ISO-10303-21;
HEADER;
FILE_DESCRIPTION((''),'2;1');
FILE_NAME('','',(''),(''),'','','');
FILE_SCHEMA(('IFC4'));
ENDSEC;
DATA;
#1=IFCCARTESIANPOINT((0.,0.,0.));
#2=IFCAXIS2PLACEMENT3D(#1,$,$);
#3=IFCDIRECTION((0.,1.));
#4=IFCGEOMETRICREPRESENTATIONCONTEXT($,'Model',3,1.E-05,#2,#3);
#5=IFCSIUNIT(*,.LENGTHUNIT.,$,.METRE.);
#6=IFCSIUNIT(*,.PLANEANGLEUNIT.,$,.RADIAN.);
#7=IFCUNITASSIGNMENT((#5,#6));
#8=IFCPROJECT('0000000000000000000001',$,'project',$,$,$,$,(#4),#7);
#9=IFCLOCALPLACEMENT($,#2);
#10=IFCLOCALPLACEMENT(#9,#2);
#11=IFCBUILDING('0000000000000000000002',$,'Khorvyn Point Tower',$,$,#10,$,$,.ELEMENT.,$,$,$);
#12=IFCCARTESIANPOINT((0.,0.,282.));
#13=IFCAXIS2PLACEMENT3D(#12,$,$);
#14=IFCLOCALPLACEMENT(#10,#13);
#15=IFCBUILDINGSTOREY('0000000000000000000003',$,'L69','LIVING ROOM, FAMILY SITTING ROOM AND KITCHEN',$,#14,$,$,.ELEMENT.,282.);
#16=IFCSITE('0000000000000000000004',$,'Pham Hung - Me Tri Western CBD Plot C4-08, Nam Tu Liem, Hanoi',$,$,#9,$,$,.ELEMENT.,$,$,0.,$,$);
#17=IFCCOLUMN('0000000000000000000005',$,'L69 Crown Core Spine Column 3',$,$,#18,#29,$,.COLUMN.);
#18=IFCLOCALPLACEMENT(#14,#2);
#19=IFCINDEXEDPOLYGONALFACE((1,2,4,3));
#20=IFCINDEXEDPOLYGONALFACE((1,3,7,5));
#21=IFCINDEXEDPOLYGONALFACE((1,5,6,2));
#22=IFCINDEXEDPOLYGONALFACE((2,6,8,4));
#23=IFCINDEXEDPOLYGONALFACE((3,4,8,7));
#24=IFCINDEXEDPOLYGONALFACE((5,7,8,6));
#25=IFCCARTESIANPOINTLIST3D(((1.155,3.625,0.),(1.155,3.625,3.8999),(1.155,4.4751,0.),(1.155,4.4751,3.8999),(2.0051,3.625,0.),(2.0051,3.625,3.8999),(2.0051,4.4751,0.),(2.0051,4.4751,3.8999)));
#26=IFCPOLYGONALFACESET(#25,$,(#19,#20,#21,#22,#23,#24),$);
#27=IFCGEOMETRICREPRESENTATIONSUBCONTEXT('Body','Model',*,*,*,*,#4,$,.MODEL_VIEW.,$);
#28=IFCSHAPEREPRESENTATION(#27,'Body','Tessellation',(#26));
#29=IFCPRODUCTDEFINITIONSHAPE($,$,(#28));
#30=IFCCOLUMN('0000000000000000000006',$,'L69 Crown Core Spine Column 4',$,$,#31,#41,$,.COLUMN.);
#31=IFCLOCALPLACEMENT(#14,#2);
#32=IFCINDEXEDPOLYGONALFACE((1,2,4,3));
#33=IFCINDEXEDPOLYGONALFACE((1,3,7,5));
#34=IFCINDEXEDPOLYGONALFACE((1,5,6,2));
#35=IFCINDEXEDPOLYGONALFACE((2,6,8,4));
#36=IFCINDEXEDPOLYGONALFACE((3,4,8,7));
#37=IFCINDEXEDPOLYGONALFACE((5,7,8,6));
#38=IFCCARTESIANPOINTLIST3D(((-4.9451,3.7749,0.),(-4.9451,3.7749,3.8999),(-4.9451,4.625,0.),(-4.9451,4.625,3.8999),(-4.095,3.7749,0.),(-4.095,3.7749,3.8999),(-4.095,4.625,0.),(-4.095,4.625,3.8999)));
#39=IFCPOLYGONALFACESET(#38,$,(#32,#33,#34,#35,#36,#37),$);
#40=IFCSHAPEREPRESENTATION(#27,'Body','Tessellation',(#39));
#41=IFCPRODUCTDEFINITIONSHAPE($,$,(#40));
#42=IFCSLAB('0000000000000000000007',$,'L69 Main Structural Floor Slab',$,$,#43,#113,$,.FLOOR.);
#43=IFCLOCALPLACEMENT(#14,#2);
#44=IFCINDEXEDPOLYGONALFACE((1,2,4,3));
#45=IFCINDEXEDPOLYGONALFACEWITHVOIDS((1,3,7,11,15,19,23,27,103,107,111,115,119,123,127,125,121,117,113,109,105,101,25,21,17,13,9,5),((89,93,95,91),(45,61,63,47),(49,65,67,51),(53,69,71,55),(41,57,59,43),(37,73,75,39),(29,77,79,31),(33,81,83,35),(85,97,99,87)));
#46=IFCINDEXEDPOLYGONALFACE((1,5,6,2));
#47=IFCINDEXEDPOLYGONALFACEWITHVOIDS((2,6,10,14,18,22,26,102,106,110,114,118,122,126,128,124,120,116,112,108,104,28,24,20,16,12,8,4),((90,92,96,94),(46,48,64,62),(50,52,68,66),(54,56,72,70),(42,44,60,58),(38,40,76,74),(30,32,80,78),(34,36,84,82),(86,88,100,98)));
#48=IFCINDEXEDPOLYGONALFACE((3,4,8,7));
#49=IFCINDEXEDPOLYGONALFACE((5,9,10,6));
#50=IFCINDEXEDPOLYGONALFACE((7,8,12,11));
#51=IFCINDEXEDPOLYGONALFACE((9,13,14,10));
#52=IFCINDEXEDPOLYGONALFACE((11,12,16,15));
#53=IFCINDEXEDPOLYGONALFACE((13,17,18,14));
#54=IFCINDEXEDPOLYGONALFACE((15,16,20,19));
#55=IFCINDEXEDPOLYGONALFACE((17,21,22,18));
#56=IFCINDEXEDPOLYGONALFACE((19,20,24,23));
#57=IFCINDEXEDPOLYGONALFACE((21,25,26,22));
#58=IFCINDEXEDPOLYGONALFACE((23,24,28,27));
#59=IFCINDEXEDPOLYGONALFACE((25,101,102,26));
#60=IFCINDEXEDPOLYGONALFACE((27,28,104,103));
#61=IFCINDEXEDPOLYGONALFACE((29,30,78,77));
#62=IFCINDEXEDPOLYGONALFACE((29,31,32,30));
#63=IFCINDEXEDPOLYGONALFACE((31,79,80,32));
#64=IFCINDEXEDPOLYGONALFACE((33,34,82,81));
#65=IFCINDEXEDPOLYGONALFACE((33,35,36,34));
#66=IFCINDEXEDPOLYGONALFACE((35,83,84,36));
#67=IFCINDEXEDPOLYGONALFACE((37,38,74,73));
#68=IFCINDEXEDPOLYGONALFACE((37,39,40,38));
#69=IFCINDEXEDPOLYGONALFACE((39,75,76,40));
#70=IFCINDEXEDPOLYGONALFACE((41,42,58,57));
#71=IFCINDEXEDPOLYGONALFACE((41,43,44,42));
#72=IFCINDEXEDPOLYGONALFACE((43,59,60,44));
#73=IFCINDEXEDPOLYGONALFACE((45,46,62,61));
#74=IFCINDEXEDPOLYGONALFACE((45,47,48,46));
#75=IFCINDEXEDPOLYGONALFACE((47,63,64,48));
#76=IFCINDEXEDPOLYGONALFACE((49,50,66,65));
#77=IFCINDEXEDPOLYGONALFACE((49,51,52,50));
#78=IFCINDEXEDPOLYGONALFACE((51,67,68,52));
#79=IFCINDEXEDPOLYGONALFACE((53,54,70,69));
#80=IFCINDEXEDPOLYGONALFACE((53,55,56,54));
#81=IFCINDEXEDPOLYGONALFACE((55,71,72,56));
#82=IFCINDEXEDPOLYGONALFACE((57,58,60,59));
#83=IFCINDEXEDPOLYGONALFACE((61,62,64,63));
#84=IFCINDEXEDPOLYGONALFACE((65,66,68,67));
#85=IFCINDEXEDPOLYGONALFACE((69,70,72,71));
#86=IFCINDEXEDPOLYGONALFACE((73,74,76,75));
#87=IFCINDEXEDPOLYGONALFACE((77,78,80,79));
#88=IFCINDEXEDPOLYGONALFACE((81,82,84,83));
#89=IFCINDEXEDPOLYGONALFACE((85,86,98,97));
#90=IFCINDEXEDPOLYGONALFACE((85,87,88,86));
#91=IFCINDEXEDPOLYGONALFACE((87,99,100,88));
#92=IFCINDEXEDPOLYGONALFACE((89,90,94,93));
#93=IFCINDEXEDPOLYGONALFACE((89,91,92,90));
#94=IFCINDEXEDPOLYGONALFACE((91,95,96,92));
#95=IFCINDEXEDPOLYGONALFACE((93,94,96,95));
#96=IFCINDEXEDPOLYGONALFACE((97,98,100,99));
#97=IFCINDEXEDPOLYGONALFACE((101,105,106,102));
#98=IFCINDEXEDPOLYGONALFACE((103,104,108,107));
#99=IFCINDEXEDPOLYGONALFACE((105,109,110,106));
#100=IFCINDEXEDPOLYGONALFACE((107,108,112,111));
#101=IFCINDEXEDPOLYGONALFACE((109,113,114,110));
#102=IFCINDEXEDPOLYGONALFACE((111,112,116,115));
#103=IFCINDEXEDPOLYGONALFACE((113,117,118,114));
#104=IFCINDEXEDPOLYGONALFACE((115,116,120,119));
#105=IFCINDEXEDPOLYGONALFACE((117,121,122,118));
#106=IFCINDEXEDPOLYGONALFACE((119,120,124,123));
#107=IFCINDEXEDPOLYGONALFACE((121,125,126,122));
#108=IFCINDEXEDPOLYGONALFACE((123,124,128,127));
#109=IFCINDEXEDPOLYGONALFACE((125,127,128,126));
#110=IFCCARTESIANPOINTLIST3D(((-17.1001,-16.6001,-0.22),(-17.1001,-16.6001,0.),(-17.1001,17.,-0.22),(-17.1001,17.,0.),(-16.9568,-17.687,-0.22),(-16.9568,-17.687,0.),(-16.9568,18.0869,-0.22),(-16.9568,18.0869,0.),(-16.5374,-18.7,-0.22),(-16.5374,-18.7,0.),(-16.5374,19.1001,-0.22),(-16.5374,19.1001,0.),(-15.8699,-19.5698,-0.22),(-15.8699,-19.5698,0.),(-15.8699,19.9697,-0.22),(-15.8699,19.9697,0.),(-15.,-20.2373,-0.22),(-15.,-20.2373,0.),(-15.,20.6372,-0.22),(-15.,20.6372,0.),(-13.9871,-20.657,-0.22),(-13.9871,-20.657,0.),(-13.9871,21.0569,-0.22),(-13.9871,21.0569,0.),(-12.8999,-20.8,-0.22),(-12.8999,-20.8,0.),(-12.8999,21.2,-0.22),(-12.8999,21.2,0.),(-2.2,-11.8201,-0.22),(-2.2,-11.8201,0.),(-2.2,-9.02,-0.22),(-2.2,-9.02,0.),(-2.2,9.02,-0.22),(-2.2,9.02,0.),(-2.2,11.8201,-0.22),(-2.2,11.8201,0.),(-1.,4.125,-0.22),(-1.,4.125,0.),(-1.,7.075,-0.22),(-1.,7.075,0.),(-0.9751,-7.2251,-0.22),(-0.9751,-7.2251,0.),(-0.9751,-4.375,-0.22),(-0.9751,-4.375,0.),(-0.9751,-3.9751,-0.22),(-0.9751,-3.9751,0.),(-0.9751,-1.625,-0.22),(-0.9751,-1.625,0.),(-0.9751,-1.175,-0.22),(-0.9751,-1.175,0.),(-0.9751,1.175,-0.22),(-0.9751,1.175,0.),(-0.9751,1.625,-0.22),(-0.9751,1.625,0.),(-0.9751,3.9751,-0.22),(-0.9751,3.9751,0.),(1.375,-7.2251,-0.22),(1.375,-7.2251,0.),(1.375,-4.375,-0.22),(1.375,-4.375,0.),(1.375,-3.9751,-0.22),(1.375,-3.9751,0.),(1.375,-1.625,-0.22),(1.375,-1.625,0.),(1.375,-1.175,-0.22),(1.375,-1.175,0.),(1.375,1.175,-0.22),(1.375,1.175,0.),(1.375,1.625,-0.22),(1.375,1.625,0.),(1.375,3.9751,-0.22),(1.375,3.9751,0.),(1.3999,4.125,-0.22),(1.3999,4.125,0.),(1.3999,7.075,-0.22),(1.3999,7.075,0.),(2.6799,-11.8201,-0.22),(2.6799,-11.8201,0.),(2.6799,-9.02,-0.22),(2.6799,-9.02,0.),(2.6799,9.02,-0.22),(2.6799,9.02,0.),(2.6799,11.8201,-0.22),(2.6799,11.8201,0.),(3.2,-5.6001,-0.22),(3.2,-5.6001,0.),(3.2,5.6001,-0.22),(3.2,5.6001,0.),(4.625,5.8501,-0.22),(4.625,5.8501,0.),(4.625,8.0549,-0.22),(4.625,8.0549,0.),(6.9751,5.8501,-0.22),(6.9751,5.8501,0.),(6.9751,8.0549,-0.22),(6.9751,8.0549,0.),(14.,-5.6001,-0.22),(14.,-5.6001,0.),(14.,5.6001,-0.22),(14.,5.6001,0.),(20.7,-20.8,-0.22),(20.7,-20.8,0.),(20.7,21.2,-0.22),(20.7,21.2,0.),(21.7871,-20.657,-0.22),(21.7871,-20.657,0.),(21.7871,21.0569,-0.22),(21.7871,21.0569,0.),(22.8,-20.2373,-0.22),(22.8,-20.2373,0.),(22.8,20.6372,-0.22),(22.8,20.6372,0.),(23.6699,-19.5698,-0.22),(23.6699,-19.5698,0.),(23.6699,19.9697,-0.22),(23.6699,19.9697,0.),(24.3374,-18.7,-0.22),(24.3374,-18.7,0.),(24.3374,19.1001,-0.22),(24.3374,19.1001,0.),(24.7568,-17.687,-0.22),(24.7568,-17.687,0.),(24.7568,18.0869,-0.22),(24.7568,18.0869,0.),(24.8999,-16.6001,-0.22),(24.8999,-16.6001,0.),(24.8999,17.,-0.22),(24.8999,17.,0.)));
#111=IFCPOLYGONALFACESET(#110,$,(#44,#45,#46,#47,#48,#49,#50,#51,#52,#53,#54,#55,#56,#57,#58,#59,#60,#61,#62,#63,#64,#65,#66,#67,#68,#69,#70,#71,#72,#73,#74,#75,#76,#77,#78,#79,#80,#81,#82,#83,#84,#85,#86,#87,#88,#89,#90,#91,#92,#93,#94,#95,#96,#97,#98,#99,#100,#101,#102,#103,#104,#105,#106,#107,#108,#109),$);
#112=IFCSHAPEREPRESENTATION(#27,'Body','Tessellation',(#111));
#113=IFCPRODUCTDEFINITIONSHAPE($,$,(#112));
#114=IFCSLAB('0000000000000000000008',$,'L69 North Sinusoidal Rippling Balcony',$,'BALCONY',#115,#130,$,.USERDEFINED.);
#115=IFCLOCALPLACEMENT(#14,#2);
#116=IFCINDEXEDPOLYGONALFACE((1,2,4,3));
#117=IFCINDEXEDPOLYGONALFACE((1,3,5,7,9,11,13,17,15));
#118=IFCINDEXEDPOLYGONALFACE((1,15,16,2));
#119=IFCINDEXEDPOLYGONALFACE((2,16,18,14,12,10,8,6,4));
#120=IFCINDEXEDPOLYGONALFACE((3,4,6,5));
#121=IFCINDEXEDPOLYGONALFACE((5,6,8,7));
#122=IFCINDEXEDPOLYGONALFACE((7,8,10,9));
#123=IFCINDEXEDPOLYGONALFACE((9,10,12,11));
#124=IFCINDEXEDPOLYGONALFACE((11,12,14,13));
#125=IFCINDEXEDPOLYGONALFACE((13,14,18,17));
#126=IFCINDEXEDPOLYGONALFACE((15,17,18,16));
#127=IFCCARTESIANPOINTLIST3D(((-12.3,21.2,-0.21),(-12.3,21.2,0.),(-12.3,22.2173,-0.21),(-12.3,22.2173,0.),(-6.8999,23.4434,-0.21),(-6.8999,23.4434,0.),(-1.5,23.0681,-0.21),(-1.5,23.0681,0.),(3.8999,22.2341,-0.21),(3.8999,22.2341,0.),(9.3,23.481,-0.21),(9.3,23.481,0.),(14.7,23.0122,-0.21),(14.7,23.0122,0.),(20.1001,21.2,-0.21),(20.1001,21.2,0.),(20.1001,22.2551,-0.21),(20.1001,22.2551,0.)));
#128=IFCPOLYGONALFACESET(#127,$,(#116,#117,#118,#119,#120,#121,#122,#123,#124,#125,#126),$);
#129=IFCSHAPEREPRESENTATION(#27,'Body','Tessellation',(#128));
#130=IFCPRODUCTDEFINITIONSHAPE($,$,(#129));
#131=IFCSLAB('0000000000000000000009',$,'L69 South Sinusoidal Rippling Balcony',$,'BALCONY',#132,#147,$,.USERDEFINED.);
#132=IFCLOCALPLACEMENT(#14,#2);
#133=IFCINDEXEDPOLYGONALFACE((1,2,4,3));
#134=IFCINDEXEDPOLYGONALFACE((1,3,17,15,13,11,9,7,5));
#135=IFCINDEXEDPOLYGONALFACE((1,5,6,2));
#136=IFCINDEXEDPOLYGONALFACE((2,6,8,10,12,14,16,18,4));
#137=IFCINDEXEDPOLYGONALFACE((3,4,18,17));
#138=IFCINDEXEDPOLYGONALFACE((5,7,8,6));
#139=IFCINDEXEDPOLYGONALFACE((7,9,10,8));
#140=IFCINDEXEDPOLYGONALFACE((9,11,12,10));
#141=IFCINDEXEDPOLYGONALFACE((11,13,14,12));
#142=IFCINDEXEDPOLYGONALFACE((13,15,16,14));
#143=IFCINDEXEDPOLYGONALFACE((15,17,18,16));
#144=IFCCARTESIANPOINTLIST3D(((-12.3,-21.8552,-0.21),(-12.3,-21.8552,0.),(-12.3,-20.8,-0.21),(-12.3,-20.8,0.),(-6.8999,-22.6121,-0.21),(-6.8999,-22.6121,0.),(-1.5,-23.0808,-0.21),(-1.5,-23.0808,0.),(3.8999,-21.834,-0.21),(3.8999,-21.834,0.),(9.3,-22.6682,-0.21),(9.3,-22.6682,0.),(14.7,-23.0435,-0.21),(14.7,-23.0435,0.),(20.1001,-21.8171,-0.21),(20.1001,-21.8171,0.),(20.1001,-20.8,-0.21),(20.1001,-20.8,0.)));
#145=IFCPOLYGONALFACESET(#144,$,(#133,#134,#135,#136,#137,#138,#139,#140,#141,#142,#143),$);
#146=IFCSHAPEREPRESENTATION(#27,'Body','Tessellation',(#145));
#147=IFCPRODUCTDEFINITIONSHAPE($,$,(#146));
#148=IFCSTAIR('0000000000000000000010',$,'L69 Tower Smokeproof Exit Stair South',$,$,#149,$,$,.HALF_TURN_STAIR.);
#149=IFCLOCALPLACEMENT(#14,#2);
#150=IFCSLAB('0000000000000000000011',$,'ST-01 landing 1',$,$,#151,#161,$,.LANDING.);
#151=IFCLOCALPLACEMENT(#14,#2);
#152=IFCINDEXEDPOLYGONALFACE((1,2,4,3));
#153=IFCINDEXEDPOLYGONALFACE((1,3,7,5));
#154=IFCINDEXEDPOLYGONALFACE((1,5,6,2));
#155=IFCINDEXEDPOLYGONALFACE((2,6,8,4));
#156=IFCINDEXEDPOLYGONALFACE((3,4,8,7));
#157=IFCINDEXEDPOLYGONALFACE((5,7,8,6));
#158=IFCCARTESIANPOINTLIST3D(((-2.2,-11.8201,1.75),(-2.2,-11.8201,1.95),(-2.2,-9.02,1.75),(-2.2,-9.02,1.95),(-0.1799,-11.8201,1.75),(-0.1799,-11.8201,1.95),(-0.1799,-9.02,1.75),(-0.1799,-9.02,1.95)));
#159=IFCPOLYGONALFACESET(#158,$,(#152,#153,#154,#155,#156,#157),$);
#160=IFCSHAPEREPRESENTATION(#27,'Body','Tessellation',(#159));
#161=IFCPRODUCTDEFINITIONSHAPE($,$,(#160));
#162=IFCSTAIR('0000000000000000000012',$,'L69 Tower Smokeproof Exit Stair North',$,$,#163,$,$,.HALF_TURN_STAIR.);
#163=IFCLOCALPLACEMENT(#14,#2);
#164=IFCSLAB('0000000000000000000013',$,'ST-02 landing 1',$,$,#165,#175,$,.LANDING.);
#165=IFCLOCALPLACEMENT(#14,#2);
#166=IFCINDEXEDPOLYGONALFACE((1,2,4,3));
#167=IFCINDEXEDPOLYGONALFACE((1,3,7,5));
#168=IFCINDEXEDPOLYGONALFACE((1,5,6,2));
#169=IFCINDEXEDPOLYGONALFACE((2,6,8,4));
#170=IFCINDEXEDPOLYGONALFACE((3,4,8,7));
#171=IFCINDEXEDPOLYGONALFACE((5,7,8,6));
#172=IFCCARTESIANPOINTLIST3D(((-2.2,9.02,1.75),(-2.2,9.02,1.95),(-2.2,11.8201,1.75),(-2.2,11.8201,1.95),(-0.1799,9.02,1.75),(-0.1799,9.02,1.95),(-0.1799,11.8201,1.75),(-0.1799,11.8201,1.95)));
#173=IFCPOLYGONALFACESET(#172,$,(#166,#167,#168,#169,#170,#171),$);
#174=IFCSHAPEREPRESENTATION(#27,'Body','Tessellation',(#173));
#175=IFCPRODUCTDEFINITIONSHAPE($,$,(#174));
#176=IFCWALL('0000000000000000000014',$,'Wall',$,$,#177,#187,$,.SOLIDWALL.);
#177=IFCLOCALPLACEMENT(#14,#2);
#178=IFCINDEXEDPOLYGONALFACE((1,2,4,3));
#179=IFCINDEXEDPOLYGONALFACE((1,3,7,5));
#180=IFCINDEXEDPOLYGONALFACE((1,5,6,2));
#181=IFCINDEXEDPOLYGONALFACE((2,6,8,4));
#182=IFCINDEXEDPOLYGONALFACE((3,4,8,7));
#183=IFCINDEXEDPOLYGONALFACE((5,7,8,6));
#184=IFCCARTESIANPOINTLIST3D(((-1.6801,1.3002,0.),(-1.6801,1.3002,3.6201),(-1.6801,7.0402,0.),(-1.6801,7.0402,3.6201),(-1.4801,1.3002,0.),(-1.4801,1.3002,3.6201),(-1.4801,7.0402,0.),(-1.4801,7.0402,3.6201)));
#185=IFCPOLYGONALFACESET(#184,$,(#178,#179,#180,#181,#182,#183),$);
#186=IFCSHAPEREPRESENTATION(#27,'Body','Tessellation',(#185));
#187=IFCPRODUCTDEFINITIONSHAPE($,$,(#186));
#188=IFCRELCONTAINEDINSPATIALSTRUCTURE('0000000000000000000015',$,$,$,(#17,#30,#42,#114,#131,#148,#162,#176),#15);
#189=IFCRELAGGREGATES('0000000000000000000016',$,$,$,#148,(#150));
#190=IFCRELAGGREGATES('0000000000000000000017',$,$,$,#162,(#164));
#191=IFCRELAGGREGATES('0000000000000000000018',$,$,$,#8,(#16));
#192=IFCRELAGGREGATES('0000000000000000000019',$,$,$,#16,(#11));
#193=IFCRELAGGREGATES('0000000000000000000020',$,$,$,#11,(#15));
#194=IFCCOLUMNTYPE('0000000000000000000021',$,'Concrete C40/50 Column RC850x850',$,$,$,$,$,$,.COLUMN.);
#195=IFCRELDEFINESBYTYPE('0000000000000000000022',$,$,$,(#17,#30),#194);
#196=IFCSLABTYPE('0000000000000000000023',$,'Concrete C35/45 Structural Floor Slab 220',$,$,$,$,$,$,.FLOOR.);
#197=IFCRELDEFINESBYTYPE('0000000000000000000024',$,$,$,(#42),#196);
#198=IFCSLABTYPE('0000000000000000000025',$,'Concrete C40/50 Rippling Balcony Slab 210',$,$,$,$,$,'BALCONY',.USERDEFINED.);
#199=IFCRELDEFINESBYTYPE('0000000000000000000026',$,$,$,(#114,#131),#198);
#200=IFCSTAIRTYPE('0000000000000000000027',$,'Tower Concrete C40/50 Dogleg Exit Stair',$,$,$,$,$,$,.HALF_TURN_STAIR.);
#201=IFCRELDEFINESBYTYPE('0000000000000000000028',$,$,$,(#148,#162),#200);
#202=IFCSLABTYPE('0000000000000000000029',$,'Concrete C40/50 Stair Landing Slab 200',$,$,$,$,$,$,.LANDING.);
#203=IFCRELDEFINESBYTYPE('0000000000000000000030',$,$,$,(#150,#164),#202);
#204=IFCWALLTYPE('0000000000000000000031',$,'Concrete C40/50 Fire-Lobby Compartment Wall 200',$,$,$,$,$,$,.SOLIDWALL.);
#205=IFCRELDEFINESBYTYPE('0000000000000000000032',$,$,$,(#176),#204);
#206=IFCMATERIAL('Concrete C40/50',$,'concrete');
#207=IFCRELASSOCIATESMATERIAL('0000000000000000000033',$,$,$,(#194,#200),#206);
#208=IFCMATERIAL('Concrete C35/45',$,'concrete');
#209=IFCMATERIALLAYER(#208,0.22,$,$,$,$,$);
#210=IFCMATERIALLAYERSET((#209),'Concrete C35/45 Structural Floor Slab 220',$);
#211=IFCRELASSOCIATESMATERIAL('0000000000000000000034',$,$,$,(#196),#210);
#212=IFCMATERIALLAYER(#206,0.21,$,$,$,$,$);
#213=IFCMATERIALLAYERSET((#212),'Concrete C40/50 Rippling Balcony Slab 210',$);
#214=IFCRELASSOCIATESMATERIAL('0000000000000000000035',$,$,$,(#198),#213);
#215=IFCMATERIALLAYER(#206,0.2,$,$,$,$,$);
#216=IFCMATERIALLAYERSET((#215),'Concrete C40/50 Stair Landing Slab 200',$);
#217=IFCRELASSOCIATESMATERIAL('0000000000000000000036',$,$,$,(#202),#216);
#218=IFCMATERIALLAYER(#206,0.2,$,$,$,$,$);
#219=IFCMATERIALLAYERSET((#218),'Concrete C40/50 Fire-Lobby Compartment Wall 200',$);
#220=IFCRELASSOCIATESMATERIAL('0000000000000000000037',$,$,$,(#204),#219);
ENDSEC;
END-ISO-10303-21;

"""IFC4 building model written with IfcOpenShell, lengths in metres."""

from ifc_helpers import new_model, si_unit, direction, frame, frame_2d, origin, origin_2d, place, context, subcontext, project, spatial, polyline, rectangle, outline, extrude, material, layer, layer_set, material_profile, profile_set, type_object, element, aggregate, save


model = new_model("IFC4")

# Units and contexts
model_context = context("Model", 3, precision=1e-05, world=origin(), true_north=direction((0.0, 1.0)))
body_context = subcontext(model_context, "Body", "Model", "MODEL_VIEW")
ifc_project = project(units=[si_unit("LENGTHUNIT", "METRE"), si_unit("PLANEANGLEUNIT", "RADIAN")], contexts=[model_context])

# Site, building, storey
site_placement = place(None, origin())
site = spatial("IfcSite", under=ifc_project, at=site_placement, Name="Pham Hung - Me Tri Western CBD Plot C4-08, Nam Tu Liem, Hanoi", CompositionType="ELEMENT", RefElevation=0.0)
building_placement = place(site_placement, origin())
building = spatial("IfcBuilding", under=site, at=building_placement, Name="Khorvyn Point Tower", CompositionType="ELEMENT")
storey_placement = place(building_placement, frame((0.0, 0.0, 282.0)))
storey = spatial("IfcBuildingStorey", under=building, at=storey_placement, Name="L69", Description="LIVING ROOM, FAMILY SITTING ROOM AND KITCHEN", CompositionType="ELEMENT", Elevation=282.0)

# Columns
ifc_material_1 = material(Name="Concrete C40/50", Category="concrete")
ifc_material_profile = material_profile(ifc_material_1, rectangle(XDim=0.8501, YDim=0.8501, at=origin_2d()))
ifc_profile_set = profile_set([ifc_material_profile], Name="Concrete C40/50 RC850x850")
column_type = type_object("IfcColumnType", Name="Concrete C40/50 Column RC850x850", PredefinedType="COLUMN", material=ifc_profile_set)
for number, where, z_axis, x_axis, name in (
    (1, (1.5801, 4.05, 0.0), (0.0, 0.0, 1.0), (1.0, 0.0, 0.0), "L69 Crown Core Spine Column 3"),
    (2, (-4.52, 4.2, 0.0), (0.0, 0.0, 1.0), (1.0, 0.0, 0.0), "L69 Crown Core Spine Column 4"),
):
    element("IfcColumn", number, at=place(storey_placement, frame(where, z_axis=z_axis, x_axis=x_axis)), inside=storey, type_object=column_type, Name=name, PredefinedType="COLUMN", context=body_context, shape_type="SweptSolid", body=[
        extrude(rectangle(XDim=0.8501, YDim=0.8501, at=origin_2d()), origin(), (0.0, 0.0, 1.0), 3.8999),
    ])

# Slabs
ifc_material_2 = material(Name="Concrete C35/45", Category="concrete")
ifc_layer_1 = layer(ifc_material_2, 0.22)
ifc_layer_set_1 = layer_set([ifc_layer_1], Name="Concrete C35/45 Structural Floor Slab 220")
slab_type_1 = type_object("IfcSlabType", Name="Concrete C35/45 Structural Floor Slab 220", PredefinedType="FLOOR", material=ifc_layer_set_1)
slab_1_placement = place(storey_placement, frame((0.0, 0.0, -0.22)))
element("IfcSlab", 3, at=slab_1_placement, inside=storey, type_object=slab_type_1, Name="L69 Main Structural Floor Slab", PredefinedType="FLOOR", context=body_context, shape_type="SweptSolid", body=[
    extrude(outline(polyline([(-12.8999, -20.8), (-13.9871, -20.657), (-15.0, -20.2373), (-15.8699, -19.5698), (-16.5374, -18.7), (-16.9568, -17.687), (-17.1001, -16.6001), (-17.1001, 17.0), (-16.9568, 18.0869), (-16.5374, 19.1001), (-15.8699, 19.9697), (-15.0, 20.6372), (-13.9871, 21.0569), (-12.8999, 21.2), (20.7, 21.2), (21.7871, 21.0569), (22.8, 20.6372), (23.6699, 19.9697), (24.3374, 19.1001), (24.7568, 18.0869), (24.8999, 17.0), (24.8999, -16.6001), (24.7568, -17.687), (24.3374, -18.7), (23.6699, -19.5698), (22.8, -20.2373), (21.7871, -20.657), (20.7, -20.8), (-12.8999, -20.8)]), holes=[polyline([(2.6799, -11.8201), (2.6799, -9.02), (-2.2, -9.02), (-2.2, -11.8201), (2.6799, -11.8201)]), polyline([(1.375, -7.2251), (1.375, -4.375), (-0.9751, -4.375), (-0.9751, -7.2251), (1.375, -7.2251)]), polyline([(1.375, -3.9751), (1.375, -1.625), (-0.9751, -1.625), (-0.9751, -3.9751), (1.375, -3.9751)]), polyline([(1.375, -1.175), (1.375, 1.175), (-0.9751, 1.175), (-0.9751, -1.175), (1.375, -1.175)]), polyline([(14.0, -5.6001), (14.0, 5.6001), (3.2, 5.6001), (3.2, -5.6001), (14.0, -5.6001)]), polyline([(1.375, 1.625), (1.375, 3.9751), (-0.9751, 3.9751), (-0.9751, 1.625), (1.375, 1.625)]), polyline([(1.3999, 4.125), (1.3999, 7.075), (-1.0, 7.075), (-1.0, 4.125), (1.3999, 4.125)]), polyline([(4.625, 5.8501), (6.9751, 5.8501), (6.9751, 8.0549), (4.625, 8.0549), (4.625, 5.8501)]), polyline([(-2.2, 9.02), (2.6799, 9.02), (2.6799, 11.8201), (-2.2, 11.8201), (-2.2, 9.02)])]), origin(), (0.0, 0.0, 1.0), 0.22),
])
ifc_layer_2 = layer(ifc_material_1, 0.21)
ifc_layer_set_2 = layer_set([ifc_layer_2], Name="Concrete C40/50 Rippling Balcony Slab 210")
slab_type_2 = type_object("IfcSlabType", Name="Concrete C40/50 Rippling Balcony Slab 210", ElementType="BALCONY", PredefinedType="USERDEFINED", material=ifc_layer_set_2)
slab_2_placement = place(storey_placement, frame((0.0, 0.0, -0.21)))
element("IfcSlab", 4, at=slab_2_placement, inside=storey, type_object=slab_type_2, Name="L69 North Sinusoidal Rippling Balcony", ObjectType="BALCONY", PredefinedType="USERDEFINED", context=body_context, shape_type="SweptSolid", body=[
    extrude(outline(polyline([(20.1001, 21.2), (20.1001, 22.2551), (14.7, 23.0122), (9.3, 23.481), (3.8999, 22.2341), (-1.5, 23.0681), (-6.8999, 23.4434), (-12.3, 22.2173), (-12.3, 21.2), (20.1001, 21.2)])), origin(), (0.0, 0.0, 1.0), 0.21),
])
slab_3_placement = place(storey_placement, frame((0.0, 0.0, -0.21)))
element("IfcSlab", 5, at=slab_3_placement, inside=storey, type_object=slab_type_2, Name="L69 South Sinusoidal Rippling Balcony", ObjectType="BALCONY", PredefinedType="USERDEFINED", context=body_context, shape_type="SweptSolid", body=[
    extrude(outline(polyline([(-12.3, -20.8), (-12.3, -21.8552), (-6.8999, -22.6121), (-1.5, -23.0808), (3.8999, -21.834), (9.3, -22.6682), (14.7, -23.0435), (20.1001, -21.8171), (20.1001, -20.8), (-12.3, -20.8)])), origin(), (0.0, 0.0, 1.0), 0.21),
])

# Stairs, slabs
stair_type = type_object("IfcStairType", Name="Tower Concrete C40/50 Dogleg Exit Stair", PredefinedType="HALF_TURN_STAIR", material=ifc_material_1)
stair_1_placement = place(storey_placement, origin())
stair_1 = element("IfcStair", 6, at=stair_1_placement, inside=storey, type_object=stair_type, Name="L69 Tower Smokeproof Exit Stair South", PredefinedType="HALF_TURN_STAIR")
ifc_layer_3 = layer(ifc_material_1, 0.2)
ifc_layer_set_3 = layer_set([ifc_layer_3], Name="Concrete C40/50 Stair Landing Slab 200")
slab_type_3 = type_object("IfcSlabType", Name="Concrete C40/50 Stair Landing Slab 200", PredefinedType="LANDING", material=ifc_layer_set_3)
slab_4_placement = place(storey_placement, frame((0.0, 0.0, 1.75)))
slab_4 = element("IfcSlab", 7, at=slab_4_placement, type_object=slab_type_3, Name="ST-01 landing 1", PredefinedType="LANDING", context=body_context, shape_type="SweptSolid", body=[
    extrude(outline(polyline([(-0.1799, -9.02), (-2.2, -9.02), (-2.2, -11.8201), (-0.1799, -11.8201), (-0.1799, -9.02)])), origin(), (0.0, 0.0, 1.0), 0.2),
])
aggregate(stair_1, [slab_4])
stair_2_placement = place(storey_placement, origin())
stair_2 = element("IfcStair", 8, at=stair_2_placement, inside=storey, type_object=stair_type, Name="L69 Tower Smokeproof Exit Stair North", PredefinedType="HALF_TURN_STAIR")
slab_5_placement = place(storey_placement, frame((0.0, 0.0, 1.75)))
slab_5 = element("IfcSlab", 9, at=slab_5_placement, type_object=slab_type_3, Name="ST-02 landing 1", PredefinedType="LANDING", context=body_context, shape_type="SweptSolid", body=[
    extrude(outline(polyline([(-0.1799, 11.8201), (-2.2, 11.8201), (-2.2, 9.02), (-0.1799, 9.02), (-0.1799, 11.8201)])), origin(), (0.0, 0.0, 1.0), 0.2),
])
aggregate(stair_2, [slab_5])

# Wall
ifc_layer_4 = layer(ifc_material_1, 0.2)
ifc_layer_set_4 = layer_set([ifc_layer_4], Name="Concrete C40/50 Fire-Lobby Compartment Wall 200")
wall_type_1 = type_object("IfcWallType", Name="Concrete C40/50 Fire-Lobby Compartment Wall 200", PredefinedType="SOLIDWALL", material=ifc_layer_set_4)
wall_1_placement = place(storey_placement, frame((-1.5801, 1.3, 0.0), z_axis=(0.0, 0.0, 1.0), x_axis=(0.0, 1.0, 0.0)))
element("IfcWall", 10, at=wall_1_placement, inside=storey, type_object=wall_type_1, Name="Wall", PredefinedType="SOLIDWALL", context=body_context, shape_type="SweptSolid", body=[
    extrude(rectangle(XDim=5.74, YDim=0.2, at=frame_2d((2.8701, 0.0))), origin(), (0.0, 0.0, 1.0), 3.6201),
])

save(model, "model.ifc")
